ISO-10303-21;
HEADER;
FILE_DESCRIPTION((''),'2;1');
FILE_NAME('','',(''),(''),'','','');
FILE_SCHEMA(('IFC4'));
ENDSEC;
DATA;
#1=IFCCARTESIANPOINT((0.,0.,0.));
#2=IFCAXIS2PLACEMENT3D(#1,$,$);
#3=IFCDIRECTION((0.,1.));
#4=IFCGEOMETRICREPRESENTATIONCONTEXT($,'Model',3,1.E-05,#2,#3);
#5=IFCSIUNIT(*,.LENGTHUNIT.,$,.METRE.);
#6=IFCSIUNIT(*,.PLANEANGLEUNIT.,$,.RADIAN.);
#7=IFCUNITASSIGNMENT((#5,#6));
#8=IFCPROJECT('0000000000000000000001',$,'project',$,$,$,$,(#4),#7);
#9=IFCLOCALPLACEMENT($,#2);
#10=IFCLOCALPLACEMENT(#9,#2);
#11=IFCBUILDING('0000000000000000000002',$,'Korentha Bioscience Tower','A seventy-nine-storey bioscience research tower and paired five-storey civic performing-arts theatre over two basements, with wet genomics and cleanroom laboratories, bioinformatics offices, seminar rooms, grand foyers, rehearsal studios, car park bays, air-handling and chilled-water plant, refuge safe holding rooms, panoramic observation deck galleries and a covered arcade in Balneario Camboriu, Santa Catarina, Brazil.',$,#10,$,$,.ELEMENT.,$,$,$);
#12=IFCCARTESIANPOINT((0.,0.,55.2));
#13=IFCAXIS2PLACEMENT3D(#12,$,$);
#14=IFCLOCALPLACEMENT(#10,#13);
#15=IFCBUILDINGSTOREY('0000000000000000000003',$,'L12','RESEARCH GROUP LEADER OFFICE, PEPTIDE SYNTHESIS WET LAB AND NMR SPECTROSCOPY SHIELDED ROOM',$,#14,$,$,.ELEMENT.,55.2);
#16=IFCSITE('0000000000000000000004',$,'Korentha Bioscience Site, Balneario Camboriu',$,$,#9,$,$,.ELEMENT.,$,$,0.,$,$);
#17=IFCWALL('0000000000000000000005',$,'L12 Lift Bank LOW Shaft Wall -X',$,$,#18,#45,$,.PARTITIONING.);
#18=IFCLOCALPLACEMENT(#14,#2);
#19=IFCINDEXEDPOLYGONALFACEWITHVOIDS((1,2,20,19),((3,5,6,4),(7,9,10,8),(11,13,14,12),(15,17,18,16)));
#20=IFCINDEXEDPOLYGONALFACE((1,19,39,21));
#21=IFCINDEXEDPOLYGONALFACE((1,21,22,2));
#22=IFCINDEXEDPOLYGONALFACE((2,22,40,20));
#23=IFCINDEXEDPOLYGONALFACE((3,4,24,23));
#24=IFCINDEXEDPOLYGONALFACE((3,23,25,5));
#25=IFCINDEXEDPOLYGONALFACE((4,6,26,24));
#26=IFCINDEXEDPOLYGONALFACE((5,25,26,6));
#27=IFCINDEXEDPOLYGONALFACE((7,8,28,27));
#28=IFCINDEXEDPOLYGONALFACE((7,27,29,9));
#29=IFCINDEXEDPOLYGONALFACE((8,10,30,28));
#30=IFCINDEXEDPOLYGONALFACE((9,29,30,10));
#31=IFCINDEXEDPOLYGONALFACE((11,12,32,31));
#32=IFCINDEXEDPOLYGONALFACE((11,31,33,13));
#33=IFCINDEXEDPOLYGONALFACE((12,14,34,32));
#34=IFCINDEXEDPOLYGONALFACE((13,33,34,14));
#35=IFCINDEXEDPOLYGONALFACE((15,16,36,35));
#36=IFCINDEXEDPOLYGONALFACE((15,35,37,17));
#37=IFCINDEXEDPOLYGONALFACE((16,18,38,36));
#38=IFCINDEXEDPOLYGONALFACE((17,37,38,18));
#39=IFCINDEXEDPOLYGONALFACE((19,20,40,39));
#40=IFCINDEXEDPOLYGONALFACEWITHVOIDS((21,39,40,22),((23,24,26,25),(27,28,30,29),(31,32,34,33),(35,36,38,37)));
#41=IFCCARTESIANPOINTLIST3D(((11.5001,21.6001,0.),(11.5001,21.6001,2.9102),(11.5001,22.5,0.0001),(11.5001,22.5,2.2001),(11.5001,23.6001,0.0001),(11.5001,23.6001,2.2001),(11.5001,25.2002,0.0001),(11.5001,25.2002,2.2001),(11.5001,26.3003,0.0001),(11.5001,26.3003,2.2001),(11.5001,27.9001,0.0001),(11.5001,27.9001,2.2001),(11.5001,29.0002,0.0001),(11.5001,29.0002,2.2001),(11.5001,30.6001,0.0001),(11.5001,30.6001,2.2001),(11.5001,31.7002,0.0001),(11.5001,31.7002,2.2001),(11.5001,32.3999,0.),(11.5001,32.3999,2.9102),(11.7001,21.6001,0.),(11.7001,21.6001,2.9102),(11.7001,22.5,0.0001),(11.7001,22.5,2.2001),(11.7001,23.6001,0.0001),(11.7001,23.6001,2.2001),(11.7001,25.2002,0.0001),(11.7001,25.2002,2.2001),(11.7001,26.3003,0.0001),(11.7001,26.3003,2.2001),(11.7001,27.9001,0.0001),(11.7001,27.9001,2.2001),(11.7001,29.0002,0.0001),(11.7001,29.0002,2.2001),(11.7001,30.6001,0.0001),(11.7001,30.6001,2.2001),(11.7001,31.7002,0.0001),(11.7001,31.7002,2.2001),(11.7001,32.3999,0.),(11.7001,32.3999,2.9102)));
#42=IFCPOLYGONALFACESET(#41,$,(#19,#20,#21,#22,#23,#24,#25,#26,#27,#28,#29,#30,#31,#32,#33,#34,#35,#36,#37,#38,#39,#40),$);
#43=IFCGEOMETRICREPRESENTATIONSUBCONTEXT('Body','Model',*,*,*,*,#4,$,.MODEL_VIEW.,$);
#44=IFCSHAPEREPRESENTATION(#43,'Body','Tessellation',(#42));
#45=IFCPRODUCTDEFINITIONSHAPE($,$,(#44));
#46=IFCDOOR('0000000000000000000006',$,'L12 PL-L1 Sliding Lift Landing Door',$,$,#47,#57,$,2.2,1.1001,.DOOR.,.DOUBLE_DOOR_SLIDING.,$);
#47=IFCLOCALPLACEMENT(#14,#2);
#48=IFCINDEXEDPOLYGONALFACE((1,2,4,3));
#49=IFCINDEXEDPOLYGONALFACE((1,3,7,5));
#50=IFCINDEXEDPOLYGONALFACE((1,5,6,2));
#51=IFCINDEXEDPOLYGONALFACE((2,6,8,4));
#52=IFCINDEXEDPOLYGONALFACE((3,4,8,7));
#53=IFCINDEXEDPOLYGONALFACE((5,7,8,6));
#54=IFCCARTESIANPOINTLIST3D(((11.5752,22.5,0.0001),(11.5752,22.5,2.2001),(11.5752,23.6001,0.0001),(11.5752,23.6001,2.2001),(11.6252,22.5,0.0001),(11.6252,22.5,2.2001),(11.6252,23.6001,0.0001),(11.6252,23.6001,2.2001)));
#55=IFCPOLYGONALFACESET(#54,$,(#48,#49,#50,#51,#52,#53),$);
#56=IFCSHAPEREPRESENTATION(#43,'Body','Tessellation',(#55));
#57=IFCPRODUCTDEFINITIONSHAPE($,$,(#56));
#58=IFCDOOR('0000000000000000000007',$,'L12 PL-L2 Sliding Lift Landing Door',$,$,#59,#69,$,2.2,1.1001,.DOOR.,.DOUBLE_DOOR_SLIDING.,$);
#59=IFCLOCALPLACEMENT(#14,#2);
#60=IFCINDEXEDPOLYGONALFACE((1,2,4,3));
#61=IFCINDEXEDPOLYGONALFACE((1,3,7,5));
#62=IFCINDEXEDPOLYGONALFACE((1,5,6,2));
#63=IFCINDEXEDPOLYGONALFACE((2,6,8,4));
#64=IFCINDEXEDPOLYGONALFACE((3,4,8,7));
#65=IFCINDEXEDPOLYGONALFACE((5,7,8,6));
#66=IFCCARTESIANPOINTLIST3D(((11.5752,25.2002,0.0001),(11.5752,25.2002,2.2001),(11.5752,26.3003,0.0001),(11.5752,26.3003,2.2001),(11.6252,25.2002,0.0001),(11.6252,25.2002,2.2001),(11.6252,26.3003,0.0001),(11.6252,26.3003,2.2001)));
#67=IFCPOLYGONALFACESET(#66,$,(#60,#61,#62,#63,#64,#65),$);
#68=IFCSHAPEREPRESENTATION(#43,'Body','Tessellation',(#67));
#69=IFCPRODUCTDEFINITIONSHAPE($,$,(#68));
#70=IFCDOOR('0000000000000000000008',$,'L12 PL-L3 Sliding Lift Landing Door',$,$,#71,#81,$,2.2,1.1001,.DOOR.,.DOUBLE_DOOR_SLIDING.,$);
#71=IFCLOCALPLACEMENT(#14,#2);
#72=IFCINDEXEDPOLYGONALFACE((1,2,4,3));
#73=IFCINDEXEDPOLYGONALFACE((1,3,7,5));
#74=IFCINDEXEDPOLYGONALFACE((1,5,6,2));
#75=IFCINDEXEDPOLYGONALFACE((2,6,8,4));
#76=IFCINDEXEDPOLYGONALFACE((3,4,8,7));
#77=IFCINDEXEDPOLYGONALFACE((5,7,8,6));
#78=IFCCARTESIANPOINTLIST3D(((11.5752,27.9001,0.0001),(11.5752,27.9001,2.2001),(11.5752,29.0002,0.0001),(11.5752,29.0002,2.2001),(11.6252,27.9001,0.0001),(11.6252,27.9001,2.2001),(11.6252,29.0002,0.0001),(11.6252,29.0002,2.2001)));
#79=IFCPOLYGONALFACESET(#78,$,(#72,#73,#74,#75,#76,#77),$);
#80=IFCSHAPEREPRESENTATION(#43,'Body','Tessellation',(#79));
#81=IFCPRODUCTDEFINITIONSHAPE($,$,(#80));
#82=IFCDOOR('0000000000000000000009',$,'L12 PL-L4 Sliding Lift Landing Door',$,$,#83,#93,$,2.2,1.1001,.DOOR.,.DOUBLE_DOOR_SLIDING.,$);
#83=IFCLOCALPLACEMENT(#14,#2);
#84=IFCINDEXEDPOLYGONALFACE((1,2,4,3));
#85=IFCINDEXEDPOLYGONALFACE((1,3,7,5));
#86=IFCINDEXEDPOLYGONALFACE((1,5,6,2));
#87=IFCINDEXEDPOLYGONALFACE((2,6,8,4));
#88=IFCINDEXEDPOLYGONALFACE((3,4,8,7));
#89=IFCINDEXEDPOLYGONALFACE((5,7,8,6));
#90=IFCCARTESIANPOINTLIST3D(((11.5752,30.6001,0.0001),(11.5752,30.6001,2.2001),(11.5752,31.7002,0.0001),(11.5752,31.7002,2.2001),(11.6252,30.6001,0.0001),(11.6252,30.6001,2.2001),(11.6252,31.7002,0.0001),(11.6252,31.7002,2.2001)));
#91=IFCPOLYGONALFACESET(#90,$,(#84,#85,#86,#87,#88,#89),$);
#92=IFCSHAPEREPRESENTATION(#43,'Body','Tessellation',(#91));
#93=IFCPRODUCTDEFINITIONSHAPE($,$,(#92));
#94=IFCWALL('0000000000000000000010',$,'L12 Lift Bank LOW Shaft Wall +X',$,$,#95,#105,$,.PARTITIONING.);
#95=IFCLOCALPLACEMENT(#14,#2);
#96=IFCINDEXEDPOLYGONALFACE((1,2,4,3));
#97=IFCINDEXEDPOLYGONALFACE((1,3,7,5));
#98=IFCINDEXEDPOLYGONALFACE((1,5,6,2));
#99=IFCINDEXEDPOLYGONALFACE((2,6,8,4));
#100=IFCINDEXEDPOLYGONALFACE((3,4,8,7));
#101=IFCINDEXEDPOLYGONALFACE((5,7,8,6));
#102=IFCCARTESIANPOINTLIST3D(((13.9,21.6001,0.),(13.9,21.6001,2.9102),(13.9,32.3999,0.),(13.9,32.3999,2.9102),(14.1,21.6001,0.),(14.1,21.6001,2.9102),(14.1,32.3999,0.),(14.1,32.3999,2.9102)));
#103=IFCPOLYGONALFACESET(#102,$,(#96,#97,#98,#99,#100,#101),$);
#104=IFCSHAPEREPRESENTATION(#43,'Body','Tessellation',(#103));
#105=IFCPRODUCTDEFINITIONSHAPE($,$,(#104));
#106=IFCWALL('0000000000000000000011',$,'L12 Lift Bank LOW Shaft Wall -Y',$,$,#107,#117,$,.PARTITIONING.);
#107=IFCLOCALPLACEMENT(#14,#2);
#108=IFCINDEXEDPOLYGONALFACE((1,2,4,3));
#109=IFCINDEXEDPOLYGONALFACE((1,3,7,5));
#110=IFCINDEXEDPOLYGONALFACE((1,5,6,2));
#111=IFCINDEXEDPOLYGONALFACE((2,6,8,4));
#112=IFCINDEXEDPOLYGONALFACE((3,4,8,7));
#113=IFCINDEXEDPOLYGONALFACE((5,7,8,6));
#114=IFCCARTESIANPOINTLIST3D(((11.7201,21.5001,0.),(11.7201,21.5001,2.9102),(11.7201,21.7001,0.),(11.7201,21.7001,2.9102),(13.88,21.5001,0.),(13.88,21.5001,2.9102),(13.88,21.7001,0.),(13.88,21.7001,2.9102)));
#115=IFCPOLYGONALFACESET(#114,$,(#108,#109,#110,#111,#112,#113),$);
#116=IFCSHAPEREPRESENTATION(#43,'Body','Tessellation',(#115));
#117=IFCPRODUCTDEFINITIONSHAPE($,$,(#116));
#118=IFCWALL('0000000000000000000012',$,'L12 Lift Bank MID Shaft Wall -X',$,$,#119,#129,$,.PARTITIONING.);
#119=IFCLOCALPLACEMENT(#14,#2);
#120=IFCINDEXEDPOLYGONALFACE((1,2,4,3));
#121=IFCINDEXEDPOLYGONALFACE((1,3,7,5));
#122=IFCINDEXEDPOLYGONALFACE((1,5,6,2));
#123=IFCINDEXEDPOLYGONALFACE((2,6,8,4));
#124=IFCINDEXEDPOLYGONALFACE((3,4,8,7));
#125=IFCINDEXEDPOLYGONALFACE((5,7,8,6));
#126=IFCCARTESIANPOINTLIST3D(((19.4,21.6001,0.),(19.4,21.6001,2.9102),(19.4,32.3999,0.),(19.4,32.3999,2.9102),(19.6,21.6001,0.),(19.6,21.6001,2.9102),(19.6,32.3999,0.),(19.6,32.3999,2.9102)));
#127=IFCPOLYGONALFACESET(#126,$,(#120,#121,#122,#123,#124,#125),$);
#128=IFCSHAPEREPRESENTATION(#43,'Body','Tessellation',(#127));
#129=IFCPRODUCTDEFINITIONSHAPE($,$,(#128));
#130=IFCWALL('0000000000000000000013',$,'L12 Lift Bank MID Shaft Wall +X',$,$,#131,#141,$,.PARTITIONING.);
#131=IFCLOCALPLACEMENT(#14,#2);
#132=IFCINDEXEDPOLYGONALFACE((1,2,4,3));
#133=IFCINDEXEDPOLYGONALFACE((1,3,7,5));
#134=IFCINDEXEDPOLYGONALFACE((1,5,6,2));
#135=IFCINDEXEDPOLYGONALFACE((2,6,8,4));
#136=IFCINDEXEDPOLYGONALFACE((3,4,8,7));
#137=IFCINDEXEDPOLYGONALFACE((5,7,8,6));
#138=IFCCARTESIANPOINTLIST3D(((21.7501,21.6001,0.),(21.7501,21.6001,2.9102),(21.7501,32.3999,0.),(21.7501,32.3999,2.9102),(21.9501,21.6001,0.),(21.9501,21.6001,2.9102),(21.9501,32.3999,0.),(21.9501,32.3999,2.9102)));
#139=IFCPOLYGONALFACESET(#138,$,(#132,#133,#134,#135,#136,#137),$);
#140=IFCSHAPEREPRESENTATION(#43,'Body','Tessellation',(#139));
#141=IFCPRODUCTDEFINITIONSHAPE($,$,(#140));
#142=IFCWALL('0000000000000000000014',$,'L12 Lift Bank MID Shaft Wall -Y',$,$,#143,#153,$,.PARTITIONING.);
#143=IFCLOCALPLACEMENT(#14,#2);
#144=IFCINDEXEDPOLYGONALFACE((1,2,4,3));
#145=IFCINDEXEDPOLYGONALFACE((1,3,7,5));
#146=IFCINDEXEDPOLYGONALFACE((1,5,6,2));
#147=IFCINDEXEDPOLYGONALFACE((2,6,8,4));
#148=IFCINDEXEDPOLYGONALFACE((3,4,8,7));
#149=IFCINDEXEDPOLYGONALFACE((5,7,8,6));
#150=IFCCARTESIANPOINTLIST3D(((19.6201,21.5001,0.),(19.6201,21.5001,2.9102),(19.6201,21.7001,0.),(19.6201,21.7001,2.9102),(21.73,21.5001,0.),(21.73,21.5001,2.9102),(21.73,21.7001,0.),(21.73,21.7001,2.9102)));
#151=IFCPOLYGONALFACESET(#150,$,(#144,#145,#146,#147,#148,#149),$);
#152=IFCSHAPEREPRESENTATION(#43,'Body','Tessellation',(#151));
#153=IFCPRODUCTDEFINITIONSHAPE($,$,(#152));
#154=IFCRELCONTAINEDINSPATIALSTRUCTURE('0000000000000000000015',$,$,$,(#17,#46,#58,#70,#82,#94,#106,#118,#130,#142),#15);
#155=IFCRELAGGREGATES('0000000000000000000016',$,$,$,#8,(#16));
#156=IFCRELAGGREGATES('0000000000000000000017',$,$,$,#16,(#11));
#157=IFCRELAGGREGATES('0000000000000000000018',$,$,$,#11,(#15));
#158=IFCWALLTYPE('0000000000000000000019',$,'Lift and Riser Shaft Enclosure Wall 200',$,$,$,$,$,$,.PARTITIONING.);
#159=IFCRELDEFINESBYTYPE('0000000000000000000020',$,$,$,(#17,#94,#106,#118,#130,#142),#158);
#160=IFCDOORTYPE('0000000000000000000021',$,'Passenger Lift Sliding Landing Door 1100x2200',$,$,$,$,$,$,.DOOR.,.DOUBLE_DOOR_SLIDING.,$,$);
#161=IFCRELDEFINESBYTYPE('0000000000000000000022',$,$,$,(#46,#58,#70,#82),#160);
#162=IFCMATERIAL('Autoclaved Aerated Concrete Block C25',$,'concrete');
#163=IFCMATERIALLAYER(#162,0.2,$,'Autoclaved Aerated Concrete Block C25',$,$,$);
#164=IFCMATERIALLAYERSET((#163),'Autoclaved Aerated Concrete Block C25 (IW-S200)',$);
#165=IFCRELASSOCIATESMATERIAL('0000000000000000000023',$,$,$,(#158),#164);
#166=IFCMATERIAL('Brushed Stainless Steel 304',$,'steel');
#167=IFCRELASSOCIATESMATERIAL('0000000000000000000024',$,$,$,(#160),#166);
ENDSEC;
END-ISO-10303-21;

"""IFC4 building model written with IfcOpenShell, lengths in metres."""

from ifc_helpers import new_model, si_unit, direction, frame, frame_2d, origin, place, context, subcontext, project, spatial, rectangle, extrude, material, layer, layer_set, type_object, element, fill, save


model = new_model("IFC4")

# Units and contexts
model_context = context("Model", 3, precision=1e-05, world=origin(), true_north=direction((0.0, 1.0)))
body_context = subcontext(model_context, "Body", "Model", "MODEL_VIEW")
ifc_project = project(units=[si_unit("LENGTHUNIT", "METRE"), si_unit("PLANEANGLEUNIT", "RADIAN")], contexts=[model_context])

# Site, building, storey
site_placement = place(None, origin())
site = spatial("IfcSite", under=ifc_project, at=site_placement, Name="Korentha Bioscience Site, Balneario Camboriu", CompositionType="ELEMENT", RefElevation=0.0)
building_placement = place(site_placement, origin())
building = spatial("IfcBuilding", under=site, at=building_placement, Name="Korentha Bioscience Tower", Description="A seventy-nine-storey bioscience research tower and paired five-storey civic performing-arts theatre over two basements, with wet genomics and cleanroom laboratories, bioinformatics offices, seminar rooms, grand foyers, rehearsal studios, car park bays, air-handling and chilled-water plant, refuge safe holding rooms, panoramic observation deck galleries and a covered arcade in Balneario Camboriu, Santa Catarina, Brazil.", CompositionType="ELEMENT")
storey_placement = place(building_placement, frame((0.0, 0.0, 55.2)))
storey = spatial("IfcBuildingStorey", under=building, at=storey_placement, Name="L12", Description="RESEARCH GROUP LEADER OFFICE, PEPTIDE SYNTHESIS WET LAB AND NMR SPECTROSCOPY SHIELDED ROOM", CompositionType="ELEMENT", Elevation=55.2)

# Wall, openings, doors
ifc_material_1 = material(Name="Autoclaved Aerated Concrete Block C25", Category="concrete")
ifc_layer_1 = layer(ifc_material_1, 0.2, Name="Autoclaved Aerated Concrete Block C25")
ifc_layer_set_1 = layer_set([ifc_layer_1], Name="Autoclaved Aerated Concrete Block C25 (IW-S200)")
wall_type_1 = type_object("IfcWallType", Name="Lift and Riser Shaft Enclosure Wall 200", PredefinedType="PARTITIONING", material=ifc_layer_set_1)
wall_1_placement = place(storey_placement, frame((11.6001, 21.6001, 0.0), z_axis=(0.0, 0.0, 1.0), x_axis=(0.0, 1.0, 0.0)))
wall_1 = element("IfcWall", 1, at=wall_1_placement, inside=storey, type_object=wall_type_1, Name="L12 Lift Bank LOW Shaft Wall -X", PredefinedType="PARTITIONING", context=body_context, shape_type="SweptSolid", body=[
    extrude(rectangle(XDim=10.7998, YDim=0.2, at=frame_2d((5.3999, 0.0))), origin(), (0.0, 0.0, 1.0), 2.9102),
])
opening_1_placement = place(wall_1_placement, frame((0.8999, 0.0, 0.0)))
opening_1 = element("IfcOpeningElement", 2, at=opening_1_placement, cuts=wall_1, PredefinedType="OPENING", context=body_context, shape_type="SweptSolid", body=[
    extrude(rectangle(XDim=1.1001, YDim=2.2, at=frame_2d((0.55, 1.1001))), frame((0.0, 0.1147, 0.0), z_axis=(0.0, -1.0, 0.0), x_axis=(1.0, 0.0, 0.0)), (0.0, 0.0, 1.0), 0.2297),
])
opening_2_placement = place(wall_1_placement, frame((3.6001, 0.0, 0.0)))
opening_2 = element("IfcOpeningElement", 3, at=opening_2_placement, cuts=wall_1, PredefinedType="OPENING", context=body_context, shape_type="SweptSolid", body=[
    extrude(rectangle(XDim=1.1001, YDim=2.2, at=frame_2d((0.55, 1.1001))), frame((0.0, 0.1147, 0.0), z_axis=(0.0, -1.0, 0.0), x_axis=(1.0, 0.0, 0.0)), (0.0, 0.0, 1.0), 0.2297),
])
opening_3_placement = place(wall_1_placement, frame((6.3, 0.0, 0.0)))
opening_3 = element("IfcOpeningElement", 4, at=opening_3_placement, cuts=wall_1, PredefinedType="OPENING", context=body_context, shape_type="SweptSolid", body=[
    extrude(rectangle(XDim=1.1001, YDim=2.2, at=frame_2d((0.55, 1.1001))), frame((0.0, 0.1147, 0.0), z_axis=(0.0, -1.0, 0.0), x_axis=(1.0, 0.0, 0.0)), (0.0, 0.0, 1.0), 0.2297),
])
opening_4_placement = place(wall_1_placement, frame((9.0, 0.0, 0.0)))
opening_4 = element("IfcOpeningElement", 5, at=opening_4_placement, cuts=wall_1, PredefinedType="OPENING", context=body_context, shape_type="SweptSolid", body=[
    extrude(rectangle(XDim=1.1001, YDim=2.2, at=frame_2d((0.55, 1.1001))), frame((0.0, 0.1147, 0.0), z_axis=(0.0, -1.0, 0.0), x_axis=(1.0, 0.0, 0.0)), (0.0, 0.0, 1.0), 0.2297),
])
ifc_material_2 = material(Name="Brushed Stainless Steel 304", Category="steel")
door_type_1 = type_object("IfcDoorType", Name="Passenger Lift Sliding Landing Door 1100x2200", OperationType="DOUBLE_DOOR_SLIDING", PredefinedType="DOOR", material=ifc_material_2)
door_1_placement = place(opening_1_placement, origin())
door_1 = element("IfcDoor", 6, at=door_1_placement, inside=storey, type_object=door_type_1, Name="L12 PL-L1 Sliding Lift Landing Door", OperationType="DOUBLE_DOOR_SLIDING", OverallHeight=2.2, OverallWidth=1.1001, PredefinedType="DOOR", context=body_context, shape_type="SweptSolid", body=[
    extrude(rectangle(XDim=1.1001, YDim=2.2, at=frame_2d((0.55, 1.1001))), frame((0.0, 0.0249, 0.0), z_axis=(0.0, -1.0, 0.0), x_axis=(1.0, 0.0, 0.0)), (0.0, 0.0, 1.0), 0.05),
])
fill(opening_1, door_1)
door_2_placement = place(opening_2_placement, origin())
door_2 = element("IfcDoor", 7, at=door_2_placement, inside=storey, type_object=door_type_1, Name="L12 PL-L2 Sliding Lift Landing Door", OperationType="DOUBLE_DOOR_SLIDING", OverallHeight=2.2, OverallWidth=1.1001, PredefinedType="DOOR", context=body_context, shape_type="SweptSolid", body=[
    extrude(rectangle(XDim=1.1001, YDim=2.2, at=frame_2d((0.55, 1.1001))), frame((0.0, 0.0249, 0.0), z_axis=(0.0, -1.0, 0.0), x_axis=(1.0, 0.0, 0.0)), (0.0, 0.0, 1.0), 0.05),
])
fill(opening_2, door_2)
door_3_placement = place(opening_3_placement, origin())
door_3 = element("IfcDoor", 8, at=door_3_placement, inside=storey, type_object=door_type_1, Name="L12 PL-L3 Sliding Lift Landing Door", OperationType="DOUBLE_DOOR_SLIDING", OverallHeight=2.2, OverallWidth=1.1001, PredefinedType="DOOR", context=body_context, shape_type="SweptSolid", body=[
    extrude(rectangle(XDim=1.1001, YDim=2.2, at=frame_2d((0.55, 1.1001))), frame((0.0, 0.0249, 0.0), z_axis=(0.0, -1.0, 0.0), x_axis=(1.0, 0.0, 0.0)), (0.0, 0.0, 1.0), 0.05),
])
fill(opening_3, door_3)
door_4_placement = place(opening_4_placement, origin())
door_4 = element("IfcDoor", 9, at=door_4_placement, inside=storey, type_object=door_type_1, Name="L12 PL-L4 Sliding Lift Landing Door", OperationType="DOUBLE_DOOR_SLIDING", OverallHeight=2.2, OverallWidth=1.1001, PredefinedType="DOOR", context=body_context, shape_type="SweptSolid", body=[
    extrude(rectangle(XDim=1.1001, YDim=2.2, at=frame_2d((0.55, 1.1001))), frame((0.0, 0.0249, 0.0), z_axis=(0.0, -1.0, 0.0), x_axis=(1.0, 0.0, 0.0)), (0.0, 0.0, 1.0), 0.05),
])
fill(opening_4, door_4)

# Walls
wall_2_placement = place(storey_placement, frame((14.0, 21.6001, 0.0), z_axis=(0.0, 0.0, 1.0), x_axis=(0.0, 1.0, 0.0)))
element("IfcWall", 10, at=wall_2_placement, inside=storey, type_object=wall_type_1, Name="L12 Lift Bank LOW Shaft Wall +X", PredefinedType="PARTITIONING", context=body_context, shape_type="SweptSolid", body=[
    extrude(rectangle(XDim=10.7998, YDim=0.2, at=frame_2d((5.3999, 0.0))), origin(), (0.0, 0.0, 1.0), 2.9102),
])
wall_3_placement = place(storey_placement, frame((11.72, 21.6001, 0.0), z_axis=(0.0, 0.0, 1.0), x_axis=(1.0, 0.0, 0.0)))
element("IfcWall", 11, at=wall_3_placement, inside=storey, type_object=wall_type_1, Name="L12 Lift Bank LOW Shaft Wall -Y", PredefinedType="PARTITIONING", context=body_context, shape_type="SweptSolid", body=[
    extrude(rectangle(XDim=2.1599, YDim=0.2, at=frame_2d((1.0801, 0.0))), origin(), (0.0, 0.0, 1.0), 2.9102),
])
for number, where, z_axis, x_axis, name in (
    (12, (19.5, 21.6001, 0.0), (0.0, 0.0, 1.0), (0.0, 1.0, 0.0), "L12 Lift Bank MID Shaft Wall -X"),
    (13, (21.8501, 21.6001, 0.0), (0.0, 0.0, 1.0), (0.0, 1.0, 0.0), "L12 Lift Bank MID Shaft Wall +X"),
):
    element("IfcWall", number, at=place(storey_placement, frame(where, z_axis=z_axis, x_axis=x_axis)), inside=storey, type_object=wall_type_1, Name=name, PredefinedType="PARTITIONING", context=body_context, shape_type="SweptSolid", body=[
        extrude(rectangle(XDim=10.7998, YDim=0.2, at=frame_2d((5.3999, 0.0))), origin(), (0.0, 0.0, 1.0), 2.9102),
    ])
wall_4_placement = place(storey_placement, frame((19.6201, 21.6001, 0.0), z_axis=(0.0, 0.0, 1.0), x_axis=(1.0, 0.0, 0.0)))
element("IfcWall", 14, at=wall_4_placement, inside=storey, type_object=wall_type_1, Name="L12 Lift Bank MID Shaft Wall -Y", PredefinedType="PARTITIONING", context=body_context, shape_type="SweptSolid", body=[
    extrude(rectangle(XDim=2.1099, YDim=0.2, at=frame_2d((1.0549, 0.0))), origin(), (0.0, 0.0, 1.0), 2.9102),
])

save(model, "model.ifc")
